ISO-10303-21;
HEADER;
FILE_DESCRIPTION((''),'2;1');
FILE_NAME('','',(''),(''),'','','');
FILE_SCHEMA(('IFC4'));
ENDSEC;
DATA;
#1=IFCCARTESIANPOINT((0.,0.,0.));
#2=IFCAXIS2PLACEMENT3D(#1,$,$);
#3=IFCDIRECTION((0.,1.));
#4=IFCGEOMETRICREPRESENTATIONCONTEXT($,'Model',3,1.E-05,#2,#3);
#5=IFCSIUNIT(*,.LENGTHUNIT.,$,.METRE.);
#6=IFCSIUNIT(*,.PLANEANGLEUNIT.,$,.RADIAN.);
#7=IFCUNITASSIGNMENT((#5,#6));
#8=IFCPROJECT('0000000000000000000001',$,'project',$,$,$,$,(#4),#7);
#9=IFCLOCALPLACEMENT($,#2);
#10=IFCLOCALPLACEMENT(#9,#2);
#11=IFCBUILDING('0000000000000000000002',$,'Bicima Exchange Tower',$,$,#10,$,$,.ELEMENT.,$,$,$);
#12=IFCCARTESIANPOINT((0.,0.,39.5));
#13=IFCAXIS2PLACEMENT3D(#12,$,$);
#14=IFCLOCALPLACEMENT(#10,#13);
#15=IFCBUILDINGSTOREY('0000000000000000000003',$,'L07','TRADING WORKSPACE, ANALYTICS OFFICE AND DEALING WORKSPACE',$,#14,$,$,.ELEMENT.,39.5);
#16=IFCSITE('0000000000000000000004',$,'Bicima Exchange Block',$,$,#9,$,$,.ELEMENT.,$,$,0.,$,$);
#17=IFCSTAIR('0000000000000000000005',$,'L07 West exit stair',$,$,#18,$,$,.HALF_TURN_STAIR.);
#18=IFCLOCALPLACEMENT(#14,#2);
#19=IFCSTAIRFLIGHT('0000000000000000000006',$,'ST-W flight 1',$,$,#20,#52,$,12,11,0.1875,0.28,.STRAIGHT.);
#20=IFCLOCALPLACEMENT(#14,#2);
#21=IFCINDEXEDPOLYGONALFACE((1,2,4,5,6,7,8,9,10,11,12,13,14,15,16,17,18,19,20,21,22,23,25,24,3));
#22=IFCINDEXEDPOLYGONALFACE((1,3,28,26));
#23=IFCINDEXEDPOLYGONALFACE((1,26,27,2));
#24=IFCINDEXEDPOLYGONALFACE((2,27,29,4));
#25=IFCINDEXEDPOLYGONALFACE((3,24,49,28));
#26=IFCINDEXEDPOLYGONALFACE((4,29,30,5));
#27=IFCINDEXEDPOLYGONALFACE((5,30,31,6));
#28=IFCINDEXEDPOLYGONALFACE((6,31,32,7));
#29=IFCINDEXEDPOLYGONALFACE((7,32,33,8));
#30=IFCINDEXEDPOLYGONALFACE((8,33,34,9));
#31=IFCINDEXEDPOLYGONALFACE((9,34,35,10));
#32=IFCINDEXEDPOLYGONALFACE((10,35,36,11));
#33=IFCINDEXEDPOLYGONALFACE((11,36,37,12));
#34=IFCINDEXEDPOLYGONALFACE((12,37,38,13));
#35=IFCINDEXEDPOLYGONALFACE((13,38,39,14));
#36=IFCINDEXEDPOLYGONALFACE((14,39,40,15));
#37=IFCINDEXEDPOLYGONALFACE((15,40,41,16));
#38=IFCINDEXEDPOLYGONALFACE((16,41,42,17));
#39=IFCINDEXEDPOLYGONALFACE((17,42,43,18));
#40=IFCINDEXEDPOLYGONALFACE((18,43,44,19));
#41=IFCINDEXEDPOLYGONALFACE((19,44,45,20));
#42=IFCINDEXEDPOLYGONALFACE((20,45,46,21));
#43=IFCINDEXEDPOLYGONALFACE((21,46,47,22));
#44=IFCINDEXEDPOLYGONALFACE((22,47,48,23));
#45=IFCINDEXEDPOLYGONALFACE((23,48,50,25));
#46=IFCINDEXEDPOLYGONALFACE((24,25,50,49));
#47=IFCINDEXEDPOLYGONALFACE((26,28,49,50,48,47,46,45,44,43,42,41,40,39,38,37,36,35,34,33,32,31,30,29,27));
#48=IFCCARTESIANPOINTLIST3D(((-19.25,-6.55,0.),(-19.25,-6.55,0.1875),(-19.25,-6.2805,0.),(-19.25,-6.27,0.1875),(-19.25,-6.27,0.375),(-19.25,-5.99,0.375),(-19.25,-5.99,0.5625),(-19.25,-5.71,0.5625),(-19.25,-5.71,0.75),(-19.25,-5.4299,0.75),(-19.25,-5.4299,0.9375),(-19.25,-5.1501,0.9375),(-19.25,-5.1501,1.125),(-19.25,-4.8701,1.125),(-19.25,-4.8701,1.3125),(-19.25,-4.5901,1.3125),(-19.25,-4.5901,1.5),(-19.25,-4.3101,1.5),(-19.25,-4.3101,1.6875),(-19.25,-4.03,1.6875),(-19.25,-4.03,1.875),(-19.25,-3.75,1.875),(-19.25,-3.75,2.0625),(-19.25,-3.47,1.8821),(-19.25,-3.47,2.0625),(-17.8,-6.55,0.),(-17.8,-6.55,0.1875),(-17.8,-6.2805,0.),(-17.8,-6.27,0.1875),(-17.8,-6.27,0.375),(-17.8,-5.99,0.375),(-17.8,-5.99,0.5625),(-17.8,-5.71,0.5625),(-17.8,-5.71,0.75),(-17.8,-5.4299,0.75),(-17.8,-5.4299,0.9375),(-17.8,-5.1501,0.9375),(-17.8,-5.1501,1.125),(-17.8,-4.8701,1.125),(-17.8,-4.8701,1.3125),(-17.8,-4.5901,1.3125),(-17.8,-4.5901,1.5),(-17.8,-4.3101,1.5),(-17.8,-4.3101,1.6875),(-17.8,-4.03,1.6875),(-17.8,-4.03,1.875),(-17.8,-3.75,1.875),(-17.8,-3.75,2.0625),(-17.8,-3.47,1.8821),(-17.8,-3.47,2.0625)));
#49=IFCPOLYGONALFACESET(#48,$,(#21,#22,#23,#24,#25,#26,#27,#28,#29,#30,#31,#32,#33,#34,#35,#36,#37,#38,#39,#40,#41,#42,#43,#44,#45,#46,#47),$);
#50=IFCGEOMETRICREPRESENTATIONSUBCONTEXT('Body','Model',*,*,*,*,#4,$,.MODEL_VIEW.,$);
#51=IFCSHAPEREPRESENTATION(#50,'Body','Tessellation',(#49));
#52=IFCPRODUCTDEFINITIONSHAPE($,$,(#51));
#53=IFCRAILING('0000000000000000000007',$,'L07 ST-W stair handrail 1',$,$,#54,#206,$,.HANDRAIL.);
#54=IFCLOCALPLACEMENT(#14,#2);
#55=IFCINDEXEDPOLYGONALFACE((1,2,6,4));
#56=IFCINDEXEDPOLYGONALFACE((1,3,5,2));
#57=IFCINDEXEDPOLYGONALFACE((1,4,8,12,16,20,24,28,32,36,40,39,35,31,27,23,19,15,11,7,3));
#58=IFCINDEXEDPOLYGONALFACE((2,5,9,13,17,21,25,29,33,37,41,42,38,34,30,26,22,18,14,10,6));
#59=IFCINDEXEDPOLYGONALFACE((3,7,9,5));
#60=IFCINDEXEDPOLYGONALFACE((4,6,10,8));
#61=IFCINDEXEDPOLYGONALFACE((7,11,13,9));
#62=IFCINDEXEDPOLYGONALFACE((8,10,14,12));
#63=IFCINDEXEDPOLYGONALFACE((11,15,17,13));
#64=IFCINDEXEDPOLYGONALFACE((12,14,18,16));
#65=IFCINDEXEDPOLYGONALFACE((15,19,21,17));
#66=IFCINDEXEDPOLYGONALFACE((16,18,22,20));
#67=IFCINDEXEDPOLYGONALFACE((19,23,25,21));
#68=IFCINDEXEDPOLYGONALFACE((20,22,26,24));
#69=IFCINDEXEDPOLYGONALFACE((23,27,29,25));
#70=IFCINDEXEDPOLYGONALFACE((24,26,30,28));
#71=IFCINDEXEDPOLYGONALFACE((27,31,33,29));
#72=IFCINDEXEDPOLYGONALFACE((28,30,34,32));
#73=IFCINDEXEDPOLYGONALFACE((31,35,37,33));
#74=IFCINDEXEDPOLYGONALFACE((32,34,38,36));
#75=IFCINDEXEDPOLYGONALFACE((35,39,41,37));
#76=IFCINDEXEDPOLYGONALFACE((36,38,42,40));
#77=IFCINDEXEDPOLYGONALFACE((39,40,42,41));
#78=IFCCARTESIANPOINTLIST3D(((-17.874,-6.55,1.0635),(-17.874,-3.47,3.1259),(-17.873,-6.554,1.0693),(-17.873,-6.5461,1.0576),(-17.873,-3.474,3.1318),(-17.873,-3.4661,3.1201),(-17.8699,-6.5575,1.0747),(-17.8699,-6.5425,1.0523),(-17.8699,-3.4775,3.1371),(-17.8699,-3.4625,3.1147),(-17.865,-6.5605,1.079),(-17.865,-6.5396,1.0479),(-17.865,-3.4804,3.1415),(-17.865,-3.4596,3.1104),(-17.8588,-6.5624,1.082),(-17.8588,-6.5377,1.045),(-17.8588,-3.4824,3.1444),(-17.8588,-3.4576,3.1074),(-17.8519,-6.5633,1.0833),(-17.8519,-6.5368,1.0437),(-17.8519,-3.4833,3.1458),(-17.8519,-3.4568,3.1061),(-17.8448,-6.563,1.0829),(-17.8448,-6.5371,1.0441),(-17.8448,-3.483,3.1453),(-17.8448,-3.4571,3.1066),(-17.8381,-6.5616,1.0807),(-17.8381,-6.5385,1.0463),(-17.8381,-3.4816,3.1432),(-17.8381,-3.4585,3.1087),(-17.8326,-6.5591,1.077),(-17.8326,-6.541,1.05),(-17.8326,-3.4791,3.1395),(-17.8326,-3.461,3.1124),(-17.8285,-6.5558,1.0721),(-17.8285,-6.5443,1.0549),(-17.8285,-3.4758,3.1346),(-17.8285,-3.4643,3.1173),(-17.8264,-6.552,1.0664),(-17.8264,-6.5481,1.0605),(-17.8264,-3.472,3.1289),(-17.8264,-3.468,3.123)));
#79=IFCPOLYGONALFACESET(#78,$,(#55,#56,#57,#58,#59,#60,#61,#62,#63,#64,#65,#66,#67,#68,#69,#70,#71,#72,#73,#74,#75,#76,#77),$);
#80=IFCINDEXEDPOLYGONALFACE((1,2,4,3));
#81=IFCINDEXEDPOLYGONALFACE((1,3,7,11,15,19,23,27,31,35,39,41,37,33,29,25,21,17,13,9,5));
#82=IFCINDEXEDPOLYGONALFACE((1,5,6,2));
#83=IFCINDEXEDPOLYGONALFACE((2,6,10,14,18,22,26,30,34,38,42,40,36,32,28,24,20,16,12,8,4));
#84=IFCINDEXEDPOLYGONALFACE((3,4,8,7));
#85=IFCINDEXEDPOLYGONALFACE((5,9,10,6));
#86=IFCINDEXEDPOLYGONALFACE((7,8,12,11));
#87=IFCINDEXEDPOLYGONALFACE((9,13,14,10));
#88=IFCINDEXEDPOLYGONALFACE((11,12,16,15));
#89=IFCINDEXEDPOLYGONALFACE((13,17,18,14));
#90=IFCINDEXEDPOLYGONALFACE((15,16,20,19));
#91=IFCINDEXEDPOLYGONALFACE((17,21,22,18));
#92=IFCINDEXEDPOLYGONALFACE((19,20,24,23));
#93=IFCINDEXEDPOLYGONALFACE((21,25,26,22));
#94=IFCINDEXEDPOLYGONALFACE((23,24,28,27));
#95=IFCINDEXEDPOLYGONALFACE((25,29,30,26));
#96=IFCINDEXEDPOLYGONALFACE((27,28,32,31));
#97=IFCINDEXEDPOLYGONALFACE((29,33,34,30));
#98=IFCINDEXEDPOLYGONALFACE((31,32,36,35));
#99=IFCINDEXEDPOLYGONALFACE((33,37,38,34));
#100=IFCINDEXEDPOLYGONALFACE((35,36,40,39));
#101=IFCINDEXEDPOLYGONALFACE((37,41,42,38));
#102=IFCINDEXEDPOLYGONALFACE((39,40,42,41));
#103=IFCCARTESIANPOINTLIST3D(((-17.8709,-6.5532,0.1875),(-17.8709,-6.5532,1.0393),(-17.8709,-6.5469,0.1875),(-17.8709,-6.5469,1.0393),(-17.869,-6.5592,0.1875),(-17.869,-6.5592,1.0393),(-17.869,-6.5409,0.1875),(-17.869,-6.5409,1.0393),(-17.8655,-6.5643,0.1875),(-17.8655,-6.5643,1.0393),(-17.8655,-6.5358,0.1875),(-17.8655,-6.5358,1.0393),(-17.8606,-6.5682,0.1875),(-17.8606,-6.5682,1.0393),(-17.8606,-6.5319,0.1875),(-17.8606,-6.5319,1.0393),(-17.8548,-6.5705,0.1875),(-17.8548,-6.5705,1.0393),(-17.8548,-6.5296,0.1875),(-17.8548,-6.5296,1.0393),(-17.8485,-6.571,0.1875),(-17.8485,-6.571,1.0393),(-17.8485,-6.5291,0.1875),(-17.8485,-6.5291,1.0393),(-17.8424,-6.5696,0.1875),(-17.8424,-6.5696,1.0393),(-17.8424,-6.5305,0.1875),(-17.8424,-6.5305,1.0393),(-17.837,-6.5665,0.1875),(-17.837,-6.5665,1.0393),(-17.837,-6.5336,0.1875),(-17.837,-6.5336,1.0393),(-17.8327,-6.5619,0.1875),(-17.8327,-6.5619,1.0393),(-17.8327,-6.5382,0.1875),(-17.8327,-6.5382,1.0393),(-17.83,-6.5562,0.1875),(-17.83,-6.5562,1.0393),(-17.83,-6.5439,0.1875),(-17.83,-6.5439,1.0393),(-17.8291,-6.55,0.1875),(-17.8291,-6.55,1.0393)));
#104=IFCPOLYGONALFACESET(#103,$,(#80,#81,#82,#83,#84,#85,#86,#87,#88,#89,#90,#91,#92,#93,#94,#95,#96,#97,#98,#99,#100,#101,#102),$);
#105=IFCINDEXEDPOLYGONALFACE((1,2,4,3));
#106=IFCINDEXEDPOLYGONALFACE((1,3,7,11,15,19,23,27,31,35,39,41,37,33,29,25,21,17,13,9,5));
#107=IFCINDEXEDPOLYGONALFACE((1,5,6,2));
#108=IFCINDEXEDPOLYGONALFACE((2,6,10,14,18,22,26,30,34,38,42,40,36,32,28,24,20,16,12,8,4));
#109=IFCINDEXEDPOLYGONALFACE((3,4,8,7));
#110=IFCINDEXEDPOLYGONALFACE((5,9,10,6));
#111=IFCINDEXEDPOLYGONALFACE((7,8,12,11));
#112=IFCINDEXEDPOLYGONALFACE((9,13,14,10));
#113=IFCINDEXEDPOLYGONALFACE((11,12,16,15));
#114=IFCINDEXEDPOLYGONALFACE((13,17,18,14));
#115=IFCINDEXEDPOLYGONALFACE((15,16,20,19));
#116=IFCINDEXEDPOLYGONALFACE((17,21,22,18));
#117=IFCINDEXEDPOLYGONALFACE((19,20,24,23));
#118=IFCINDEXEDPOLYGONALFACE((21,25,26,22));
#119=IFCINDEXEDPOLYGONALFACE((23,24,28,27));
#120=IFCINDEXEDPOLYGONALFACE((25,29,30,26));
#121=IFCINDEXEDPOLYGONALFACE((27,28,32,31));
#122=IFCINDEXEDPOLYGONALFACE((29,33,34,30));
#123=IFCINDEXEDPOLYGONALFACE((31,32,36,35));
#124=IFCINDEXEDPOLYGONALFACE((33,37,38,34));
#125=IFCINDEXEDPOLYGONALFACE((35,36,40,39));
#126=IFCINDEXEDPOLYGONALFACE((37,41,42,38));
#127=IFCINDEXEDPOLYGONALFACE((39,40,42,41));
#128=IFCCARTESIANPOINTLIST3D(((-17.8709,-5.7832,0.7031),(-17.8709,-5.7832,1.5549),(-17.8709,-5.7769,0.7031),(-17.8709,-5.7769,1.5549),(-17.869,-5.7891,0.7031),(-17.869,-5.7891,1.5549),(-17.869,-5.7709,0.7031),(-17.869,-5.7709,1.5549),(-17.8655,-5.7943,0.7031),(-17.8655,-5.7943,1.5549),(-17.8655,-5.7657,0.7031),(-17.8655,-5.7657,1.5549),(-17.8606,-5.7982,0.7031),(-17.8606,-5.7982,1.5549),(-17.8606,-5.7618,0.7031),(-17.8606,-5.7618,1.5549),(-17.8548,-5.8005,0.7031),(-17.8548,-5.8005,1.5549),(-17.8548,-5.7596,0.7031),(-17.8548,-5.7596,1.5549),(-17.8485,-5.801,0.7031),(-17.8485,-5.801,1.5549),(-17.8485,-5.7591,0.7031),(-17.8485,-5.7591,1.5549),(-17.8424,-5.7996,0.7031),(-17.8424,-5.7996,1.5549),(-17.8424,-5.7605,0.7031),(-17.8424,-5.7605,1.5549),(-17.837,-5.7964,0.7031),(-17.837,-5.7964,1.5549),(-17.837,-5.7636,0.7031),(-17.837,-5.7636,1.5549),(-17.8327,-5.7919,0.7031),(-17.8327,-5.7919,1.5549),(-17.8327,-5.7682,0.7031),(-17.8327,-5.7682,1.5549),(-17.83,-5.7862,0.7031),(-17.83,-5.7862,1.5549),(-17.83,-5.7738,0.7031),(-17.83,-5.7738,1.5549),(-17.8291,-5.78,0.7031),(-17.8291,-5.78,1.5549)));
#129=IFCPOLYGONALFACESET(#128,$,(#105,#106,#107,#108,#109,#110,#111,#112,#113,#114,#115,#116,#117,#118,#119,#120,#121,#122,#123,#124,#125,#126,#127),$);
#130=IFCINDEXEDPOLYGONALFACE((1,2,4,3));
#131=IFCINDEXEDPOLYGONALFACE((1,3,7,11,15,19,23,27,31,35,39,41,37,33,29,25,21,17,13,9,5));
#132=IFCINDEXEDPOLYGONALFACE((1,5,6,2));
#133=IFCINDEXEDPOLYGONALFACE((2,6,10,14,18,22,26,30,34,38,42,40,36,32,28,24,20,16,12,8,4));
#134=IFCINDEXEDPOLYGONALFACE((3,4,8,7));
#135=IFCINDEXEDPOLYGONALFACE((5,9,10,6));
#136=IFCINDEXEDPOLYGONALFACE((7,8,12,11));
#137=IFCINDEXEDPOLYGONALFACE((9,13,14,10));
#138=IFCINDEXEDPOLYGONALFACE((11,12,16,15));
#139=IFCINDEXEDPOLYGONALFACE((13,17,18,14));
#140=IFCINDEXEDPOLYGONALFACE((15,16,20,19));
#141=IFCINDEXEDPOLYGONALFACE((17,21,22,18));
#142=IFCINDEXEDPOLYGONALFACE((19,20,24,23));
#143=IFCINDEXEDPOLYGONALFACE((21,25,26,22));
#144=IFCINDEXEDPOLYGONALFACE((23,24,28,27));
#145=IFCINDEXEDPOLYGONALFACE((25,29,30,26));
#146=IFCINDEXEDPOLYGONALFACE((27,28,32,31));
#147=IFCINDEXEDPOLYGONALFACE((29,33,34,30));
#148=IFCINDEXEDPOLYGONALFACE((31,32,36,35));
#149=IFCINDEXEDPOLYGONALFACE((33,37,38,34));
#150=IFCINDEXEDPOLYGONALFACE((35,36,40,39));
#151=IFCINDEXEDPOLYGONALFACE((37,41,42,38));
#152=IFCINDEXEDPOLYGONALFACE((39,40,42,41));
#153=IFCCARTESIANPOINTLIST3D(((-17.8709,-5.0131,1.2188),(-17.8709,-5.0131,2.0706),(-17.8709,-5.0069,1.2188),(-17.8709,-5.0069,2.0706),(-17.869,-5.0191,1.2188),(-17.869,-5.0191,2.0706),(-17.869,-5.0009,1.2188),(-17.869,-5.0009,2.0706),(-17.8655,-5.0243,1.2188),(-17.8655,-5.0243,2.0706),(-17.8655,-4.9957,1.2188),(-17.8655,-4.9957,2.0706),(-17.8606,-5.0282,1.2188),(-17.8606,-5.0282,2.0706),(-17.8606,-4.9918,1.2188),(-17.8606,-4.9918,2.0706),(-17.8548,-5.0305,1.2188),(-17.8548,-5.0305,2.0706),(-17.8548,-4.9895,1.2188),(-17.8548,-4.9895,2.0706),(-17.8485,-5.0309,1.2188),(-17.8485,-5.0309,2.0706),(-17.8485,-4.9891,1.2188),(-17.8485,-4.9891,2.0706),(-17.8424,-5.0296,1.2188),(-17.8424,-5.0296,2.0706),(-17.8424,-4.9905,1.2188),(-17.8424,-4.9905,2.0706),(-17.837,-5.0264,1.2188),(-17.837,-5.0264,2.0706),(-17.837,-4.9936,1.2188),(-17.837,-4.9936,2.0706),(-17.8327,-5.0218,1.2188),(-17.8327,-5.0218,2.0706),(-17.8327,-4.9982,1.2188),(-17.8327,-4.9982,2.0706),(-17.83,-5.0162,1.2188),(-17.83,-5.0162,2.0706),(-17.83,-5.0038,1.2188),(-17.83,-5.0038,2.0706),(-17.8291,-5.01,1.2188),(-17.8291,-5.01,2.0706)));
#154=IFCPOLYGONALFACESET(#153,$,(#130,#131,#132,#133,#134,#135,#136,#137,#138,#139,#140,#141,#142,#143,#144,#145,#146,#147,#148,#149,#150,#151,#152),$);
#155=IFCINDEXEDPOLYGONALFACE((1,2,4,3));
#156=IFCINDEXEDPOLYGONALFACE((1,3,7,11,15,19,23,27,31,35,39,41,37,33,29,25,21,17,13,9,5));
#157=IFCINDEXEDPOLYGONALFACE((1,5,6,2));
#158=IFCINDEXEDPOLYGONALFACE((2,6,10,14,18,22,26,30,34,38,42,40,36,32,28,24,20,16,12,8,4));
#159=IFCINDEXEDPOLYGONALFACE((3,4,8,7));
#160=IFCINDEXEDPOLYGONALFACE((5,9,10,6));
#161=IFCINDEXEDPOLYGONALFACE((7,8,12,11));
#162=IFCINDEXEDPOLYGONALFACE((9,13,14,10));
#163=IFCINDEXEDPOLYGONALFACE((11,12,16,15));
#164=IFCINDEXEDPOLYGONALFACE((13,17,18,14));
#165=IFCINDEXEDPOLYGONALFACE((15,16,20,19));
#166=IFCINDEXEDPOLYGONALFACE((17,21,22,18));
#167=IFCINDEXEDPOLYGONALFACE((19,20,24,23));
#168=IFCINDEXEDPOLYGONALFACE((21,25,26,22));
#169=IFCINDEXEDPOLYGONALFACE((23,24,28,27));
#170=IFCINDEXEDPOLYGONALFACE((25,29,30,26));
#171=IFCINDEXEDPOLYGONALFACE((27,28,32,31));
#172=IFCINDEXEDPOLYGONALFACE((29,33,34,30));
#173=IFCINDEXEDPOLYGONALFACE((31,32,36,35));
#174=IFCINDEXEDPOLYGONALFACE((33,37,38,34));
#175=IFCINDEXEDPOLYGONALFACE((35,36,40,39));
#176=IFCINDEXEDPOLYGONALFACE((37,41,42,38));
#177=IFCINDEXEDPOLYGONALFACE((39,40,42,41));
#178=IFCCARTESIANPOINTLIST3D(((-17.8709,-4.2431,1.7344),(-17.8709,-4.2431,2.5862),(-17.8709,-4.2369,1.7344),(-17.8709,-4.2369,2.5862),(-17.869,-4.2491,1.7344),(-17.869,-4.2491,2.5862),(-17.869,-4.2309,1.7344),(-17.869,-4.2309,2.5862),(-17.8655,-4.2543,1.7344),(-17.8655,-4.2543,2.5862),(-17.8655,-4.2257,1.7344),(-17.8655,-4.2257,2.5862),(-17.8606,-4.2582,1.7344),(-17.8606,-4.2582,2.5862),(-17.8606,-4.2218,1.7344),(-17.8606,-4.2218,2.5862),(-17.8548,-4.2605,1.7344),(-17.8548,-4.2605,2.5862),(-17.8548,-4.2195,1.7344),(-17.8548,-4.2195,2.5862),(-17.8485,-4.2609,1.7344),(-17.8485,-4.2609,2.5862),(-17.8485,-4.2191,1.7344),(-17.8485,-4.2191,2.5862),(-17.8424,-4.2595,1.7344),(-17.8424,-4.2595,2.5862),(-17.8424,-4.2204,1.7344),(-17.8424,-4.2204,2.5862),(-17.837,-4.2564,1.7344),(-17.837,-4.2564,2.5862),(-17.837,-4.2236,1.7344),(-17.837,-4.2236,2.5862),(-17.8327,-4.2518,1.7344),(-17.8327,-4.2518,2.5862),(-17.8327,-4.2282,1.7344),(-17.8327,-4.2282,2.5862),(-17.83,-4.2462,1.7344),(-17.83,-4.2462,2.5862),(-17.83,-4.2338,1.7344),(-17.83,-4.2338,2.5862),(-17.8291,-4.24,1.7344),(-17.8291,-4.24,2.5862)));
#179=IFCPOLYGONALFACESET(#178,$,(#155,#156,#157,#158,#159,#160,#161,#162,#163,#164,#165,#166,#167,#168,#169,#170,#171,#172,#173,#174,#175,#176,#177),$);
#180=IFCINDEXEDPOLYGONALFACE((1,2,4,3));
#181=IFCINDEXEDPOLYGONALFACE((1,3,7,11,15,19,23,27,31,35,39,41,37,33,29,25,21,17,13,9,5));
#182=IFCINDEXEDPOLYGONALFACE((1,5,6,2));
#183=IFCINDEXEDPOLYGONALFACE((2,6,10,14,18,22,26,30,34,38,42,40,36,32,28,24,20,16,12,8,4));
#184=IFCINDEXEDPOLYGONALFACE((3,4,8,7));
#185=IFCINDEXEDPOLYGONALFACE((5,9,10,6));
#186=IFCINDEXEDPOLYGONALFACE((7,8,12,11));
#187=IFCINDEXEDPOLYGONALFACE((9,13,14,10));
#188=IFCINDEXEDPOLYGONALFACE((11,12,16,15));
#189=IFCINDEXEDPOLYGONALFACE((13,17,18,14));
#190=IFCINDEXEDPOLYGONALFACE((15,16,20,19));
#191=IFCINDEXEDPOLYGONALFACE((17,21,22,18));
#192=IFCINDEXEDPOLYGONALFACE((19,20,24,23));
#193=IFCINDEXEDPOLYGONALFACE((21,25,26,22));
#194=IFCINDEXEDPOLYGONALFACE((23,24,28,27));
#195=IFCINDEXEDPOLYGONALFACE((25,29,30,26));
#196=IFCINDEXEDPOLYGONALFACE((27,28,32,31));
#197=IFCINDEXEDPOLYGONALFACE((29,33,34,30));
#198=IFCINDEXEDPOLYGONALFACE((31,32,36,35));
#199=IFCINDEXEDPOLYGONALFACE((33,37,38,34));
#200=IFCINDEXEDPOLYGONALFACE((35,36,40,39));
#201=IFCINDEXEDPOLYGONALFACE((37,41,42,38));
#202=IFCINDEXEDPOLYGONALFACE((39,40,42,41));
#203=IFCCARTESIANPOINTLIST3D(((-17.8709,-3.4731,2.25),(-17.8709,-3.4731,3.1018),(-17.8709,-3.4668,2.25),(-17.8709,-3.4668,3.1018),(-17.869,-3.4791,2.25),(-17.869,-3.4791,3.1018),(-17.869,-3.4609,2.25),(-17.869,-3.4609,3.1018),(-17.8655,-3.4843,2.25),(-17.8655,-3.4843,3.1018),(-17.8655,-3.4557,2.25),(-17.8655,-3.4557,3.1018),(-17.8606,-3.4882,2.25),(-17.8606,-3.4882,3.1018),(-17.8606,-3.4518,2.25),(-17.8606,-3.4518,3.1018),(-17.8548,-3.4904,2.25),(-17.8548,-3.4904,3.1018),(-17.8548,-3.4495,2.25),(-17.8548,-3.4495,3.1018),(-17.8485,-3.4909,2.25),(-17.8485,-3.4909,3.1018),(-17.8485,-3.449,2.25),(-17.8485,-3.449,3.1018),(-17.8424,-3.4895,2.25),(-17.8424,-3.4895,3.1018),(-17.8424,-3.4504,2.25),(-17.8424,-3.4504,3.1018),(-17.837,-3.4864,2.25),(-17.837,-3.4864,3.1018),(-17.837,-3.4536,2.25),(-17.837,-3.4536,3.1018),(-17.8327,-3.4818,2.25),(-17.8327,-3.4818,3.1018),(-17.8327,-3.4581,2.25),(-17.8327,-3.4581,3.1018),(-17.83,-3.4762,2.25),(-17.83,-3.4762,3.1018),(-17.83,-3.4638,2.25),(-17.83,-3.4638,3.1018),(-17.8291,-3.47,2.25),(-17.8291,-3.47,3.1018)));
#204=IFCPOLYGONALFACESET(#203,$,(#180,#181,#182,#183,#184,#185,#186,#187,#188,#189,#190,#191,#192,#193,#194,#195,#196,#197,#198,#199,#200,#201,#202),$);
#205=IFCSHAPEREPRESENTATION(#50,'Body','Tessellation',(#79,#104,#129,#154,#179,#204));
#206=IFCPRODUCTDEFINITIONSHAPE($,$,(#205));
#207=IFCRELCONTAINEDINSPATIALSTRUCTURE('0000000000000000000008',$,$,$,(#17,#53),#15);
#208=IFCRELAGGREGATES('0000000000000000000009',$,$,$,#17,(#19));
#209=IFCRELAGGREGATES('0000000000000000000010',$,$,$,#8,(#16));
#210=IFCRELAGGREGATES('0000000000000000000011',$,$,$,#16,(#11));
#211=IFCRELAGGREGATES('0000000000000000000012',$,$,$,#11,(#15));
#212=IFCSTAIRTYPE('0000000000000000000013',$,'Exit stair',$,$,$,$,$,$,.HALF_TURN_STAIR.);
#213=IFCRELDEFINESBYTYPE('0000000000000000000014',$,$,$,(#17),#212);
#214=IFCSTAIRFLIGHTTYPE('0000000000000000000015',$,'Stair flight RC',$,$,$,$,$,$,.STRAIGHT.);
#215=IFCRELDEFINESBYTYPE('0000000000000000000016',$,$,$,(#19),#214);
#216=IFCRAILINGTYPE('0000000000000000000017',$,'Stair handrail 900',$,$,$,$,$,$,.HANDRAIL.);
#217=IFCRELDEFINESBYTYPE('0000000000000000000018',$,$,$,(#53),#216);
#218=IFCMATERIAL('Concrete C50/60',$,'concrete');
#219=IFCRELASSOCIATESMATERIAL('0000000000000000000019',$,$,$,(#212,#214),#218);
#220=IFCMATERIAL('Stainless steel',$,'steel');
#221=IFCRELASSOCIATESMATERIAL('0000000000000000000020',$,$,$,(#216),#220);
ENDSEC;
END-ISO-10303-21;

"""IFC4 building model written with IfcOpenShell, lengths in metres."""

from ifc_helpers import new_model, si_unit, direction, frame, origin, origin_2d, place, context, subcontext, project, spatial, polyline, circle, outline, extrude, material, type_object, element, aggregate, save


model = new_model("IFC4")

# Units and contexts
model_context = context("Model", 3, precision=1e-05, world=origin(), true_north=direction((0.0, 1.0)))
body_context = subcontext(model_context, "Body", "Model", "MODEL_VIEW")
ifc_project = project(units=[si_unit("LENGTHUNIT", "METRE"), si_unit("PLANEANGLEUNIT", "RADIAN")], contexts=[model_context])

# Site, building, storey
site_placement = place(None, origin())
site = spatial("IfcSite", under=ifc_project, at=site_placement, Name="Bicima Exchange Block", CompositionType="ELEMENT", RefElevation=0.0)
building_placement = place(site_placement, origin())
building = spatial("IfcBuilding", under=site, at=building_placement, Name="Bicima Exchange Tower", CompositionType="ELEMENT")
storey_placement = place(building_placement, frame((0.0, 0.0, 39.5)))
storey = spatial("IfcBuildingStorey", under=building, at=storey_placement, Name="L07", Description="TRADING WORKSPACE, ANALYTICS OFFICE AND DEALING WORKSPACE", CompositionType="ELEMENT", Elevation=39.5)

# Shared definitions
ifc_material_1 = material(Name="Concrete C50/60", Category="concrete")

# Shared definitions
ifc_material_2 = material(Name="Stainless steel", Category="steel")

# Stair, stair flight
stair_type = type_object("IfcStairType", Name="Exit stair", PredefinedType="HALF_TURN_STAIR", material=ifc_material_1)
stair_placement = place(storey_placement, origin())
stair = element("IfcStair", 1, at=stair_placement, inside=storey, type_object=stair_type, Name="L07 West exit stair", PredefinedType="HALF_TURN_STAIR")
stair_flight_type = type_object("IfcStairFlightType", Name="Stair flight RC", PredefinedType="STRAIGHT", material=ifc_material_1)
stair_flight_placement = place(storey_placement, frame((-18.5249, -6.55, 0.0), z_axis=(0.0, 0.0, 1.0), x_axis=(0.0, 1.0, 0.0)))
stair_flight = element("IfcStairFlight", 2, at=stair_flight_placement, type_object=stair_flight_type, Name="ST-W flight 1", NumberOfRisers=12, NumberOfTreads=11, PredefinedType="STRAIGHT", RiserHeight=0.1875, TreadLength=0.28, context=body_context, shape_type="SweptSolid", body=[
    extrude(outline(polyline([(0.0, 0.0), (0.0, 0.1875), (0.28, 0.1875), (0.28, 0.375), (0.5601, 0.375), (0.5601, 0.5625), (0.8401, 0.5625), (0.8401, 0.75), (1.1201, 0.75), (1.1201, 0.9375), (1.3999, 0.9375), (1.3999, 1.125), (1.6799, 1.125), (1.6799, 1.3125), (1.96, 1.3125), (1.96, 1.5), (2.24, 1.5), (2.24, 1.6875), (2.52, 1.6875), (2.52, 1.875), (2.8, 1.875), (2.8, 2.0625), (3.0801, 2.0625), (3.0801, 2.25), (3.0801, 1.8821), (0.2695, 0.0), (0.0, 0.0)])), frame((0.0, 0.7251, 0.0), z_axis=(0.0, -1.0, 0.0), x_axis=(1.0, 0.0, 0.0)), (0.0, 0.0, 1.0), 1.45),
])
aggregate(stair, [stair_flight])

# Railing
railing_type_1 = type_object("IfcRailingType", Name="Stair handrail 900", PredefinedType="HANDRAIL", material=ifc_material_2)
railing_1_placement = place(storey_placement, frame((-17.8501, -6.55, 0.1875)))
element("IfcRailing", 3, at=railing_1_placement, inside=storey, type_object=railing_type_1, Name="L07 ST-W stair handrail 1", PredefinedType="HANDRAIL", context=body_context, shape_type="SweptSolid", body=[
    extrude(circle(Radius=0.0239, at=origin_2d()), frame((0.0, 0.0, 0.876), z_axis=(0.0, 0.830914, 0.556401), x_axis=(-1.0, 0.0, 0.0)), (0.0, 0.0, 1.0), 3.7068),
    extrude(circle(Radius=0.021, at=origin_2d()), origin(), (0.0, 0.0, 1.0), 0.8518),
    extrude(circle(Radius=0.021, at=origin_2d()), frame((0.0, 0.77, 0.5156)), (0.0, 0.0, 1.0), 0.8518),
    extrude(circle(Radius=0.021, at=origin_2d()), frame((0.0, 1.54, 1.0312)), (0.0, 0.0, 1.0), 0.8518),
    extrude(circle(Radius=0.021, at=origin_2d()), frame((0.0, 2.3101, 1.5469)), (0.0, 0.0, 1.0), 0.8518),
    extrude(circle(Radius=0.021, at=origin_2d()), frame((0.0, 3.0801, 2.0625)), (0.0, 0.0, 1.0), 0.8518),
])

save(model, "model.ifc")
